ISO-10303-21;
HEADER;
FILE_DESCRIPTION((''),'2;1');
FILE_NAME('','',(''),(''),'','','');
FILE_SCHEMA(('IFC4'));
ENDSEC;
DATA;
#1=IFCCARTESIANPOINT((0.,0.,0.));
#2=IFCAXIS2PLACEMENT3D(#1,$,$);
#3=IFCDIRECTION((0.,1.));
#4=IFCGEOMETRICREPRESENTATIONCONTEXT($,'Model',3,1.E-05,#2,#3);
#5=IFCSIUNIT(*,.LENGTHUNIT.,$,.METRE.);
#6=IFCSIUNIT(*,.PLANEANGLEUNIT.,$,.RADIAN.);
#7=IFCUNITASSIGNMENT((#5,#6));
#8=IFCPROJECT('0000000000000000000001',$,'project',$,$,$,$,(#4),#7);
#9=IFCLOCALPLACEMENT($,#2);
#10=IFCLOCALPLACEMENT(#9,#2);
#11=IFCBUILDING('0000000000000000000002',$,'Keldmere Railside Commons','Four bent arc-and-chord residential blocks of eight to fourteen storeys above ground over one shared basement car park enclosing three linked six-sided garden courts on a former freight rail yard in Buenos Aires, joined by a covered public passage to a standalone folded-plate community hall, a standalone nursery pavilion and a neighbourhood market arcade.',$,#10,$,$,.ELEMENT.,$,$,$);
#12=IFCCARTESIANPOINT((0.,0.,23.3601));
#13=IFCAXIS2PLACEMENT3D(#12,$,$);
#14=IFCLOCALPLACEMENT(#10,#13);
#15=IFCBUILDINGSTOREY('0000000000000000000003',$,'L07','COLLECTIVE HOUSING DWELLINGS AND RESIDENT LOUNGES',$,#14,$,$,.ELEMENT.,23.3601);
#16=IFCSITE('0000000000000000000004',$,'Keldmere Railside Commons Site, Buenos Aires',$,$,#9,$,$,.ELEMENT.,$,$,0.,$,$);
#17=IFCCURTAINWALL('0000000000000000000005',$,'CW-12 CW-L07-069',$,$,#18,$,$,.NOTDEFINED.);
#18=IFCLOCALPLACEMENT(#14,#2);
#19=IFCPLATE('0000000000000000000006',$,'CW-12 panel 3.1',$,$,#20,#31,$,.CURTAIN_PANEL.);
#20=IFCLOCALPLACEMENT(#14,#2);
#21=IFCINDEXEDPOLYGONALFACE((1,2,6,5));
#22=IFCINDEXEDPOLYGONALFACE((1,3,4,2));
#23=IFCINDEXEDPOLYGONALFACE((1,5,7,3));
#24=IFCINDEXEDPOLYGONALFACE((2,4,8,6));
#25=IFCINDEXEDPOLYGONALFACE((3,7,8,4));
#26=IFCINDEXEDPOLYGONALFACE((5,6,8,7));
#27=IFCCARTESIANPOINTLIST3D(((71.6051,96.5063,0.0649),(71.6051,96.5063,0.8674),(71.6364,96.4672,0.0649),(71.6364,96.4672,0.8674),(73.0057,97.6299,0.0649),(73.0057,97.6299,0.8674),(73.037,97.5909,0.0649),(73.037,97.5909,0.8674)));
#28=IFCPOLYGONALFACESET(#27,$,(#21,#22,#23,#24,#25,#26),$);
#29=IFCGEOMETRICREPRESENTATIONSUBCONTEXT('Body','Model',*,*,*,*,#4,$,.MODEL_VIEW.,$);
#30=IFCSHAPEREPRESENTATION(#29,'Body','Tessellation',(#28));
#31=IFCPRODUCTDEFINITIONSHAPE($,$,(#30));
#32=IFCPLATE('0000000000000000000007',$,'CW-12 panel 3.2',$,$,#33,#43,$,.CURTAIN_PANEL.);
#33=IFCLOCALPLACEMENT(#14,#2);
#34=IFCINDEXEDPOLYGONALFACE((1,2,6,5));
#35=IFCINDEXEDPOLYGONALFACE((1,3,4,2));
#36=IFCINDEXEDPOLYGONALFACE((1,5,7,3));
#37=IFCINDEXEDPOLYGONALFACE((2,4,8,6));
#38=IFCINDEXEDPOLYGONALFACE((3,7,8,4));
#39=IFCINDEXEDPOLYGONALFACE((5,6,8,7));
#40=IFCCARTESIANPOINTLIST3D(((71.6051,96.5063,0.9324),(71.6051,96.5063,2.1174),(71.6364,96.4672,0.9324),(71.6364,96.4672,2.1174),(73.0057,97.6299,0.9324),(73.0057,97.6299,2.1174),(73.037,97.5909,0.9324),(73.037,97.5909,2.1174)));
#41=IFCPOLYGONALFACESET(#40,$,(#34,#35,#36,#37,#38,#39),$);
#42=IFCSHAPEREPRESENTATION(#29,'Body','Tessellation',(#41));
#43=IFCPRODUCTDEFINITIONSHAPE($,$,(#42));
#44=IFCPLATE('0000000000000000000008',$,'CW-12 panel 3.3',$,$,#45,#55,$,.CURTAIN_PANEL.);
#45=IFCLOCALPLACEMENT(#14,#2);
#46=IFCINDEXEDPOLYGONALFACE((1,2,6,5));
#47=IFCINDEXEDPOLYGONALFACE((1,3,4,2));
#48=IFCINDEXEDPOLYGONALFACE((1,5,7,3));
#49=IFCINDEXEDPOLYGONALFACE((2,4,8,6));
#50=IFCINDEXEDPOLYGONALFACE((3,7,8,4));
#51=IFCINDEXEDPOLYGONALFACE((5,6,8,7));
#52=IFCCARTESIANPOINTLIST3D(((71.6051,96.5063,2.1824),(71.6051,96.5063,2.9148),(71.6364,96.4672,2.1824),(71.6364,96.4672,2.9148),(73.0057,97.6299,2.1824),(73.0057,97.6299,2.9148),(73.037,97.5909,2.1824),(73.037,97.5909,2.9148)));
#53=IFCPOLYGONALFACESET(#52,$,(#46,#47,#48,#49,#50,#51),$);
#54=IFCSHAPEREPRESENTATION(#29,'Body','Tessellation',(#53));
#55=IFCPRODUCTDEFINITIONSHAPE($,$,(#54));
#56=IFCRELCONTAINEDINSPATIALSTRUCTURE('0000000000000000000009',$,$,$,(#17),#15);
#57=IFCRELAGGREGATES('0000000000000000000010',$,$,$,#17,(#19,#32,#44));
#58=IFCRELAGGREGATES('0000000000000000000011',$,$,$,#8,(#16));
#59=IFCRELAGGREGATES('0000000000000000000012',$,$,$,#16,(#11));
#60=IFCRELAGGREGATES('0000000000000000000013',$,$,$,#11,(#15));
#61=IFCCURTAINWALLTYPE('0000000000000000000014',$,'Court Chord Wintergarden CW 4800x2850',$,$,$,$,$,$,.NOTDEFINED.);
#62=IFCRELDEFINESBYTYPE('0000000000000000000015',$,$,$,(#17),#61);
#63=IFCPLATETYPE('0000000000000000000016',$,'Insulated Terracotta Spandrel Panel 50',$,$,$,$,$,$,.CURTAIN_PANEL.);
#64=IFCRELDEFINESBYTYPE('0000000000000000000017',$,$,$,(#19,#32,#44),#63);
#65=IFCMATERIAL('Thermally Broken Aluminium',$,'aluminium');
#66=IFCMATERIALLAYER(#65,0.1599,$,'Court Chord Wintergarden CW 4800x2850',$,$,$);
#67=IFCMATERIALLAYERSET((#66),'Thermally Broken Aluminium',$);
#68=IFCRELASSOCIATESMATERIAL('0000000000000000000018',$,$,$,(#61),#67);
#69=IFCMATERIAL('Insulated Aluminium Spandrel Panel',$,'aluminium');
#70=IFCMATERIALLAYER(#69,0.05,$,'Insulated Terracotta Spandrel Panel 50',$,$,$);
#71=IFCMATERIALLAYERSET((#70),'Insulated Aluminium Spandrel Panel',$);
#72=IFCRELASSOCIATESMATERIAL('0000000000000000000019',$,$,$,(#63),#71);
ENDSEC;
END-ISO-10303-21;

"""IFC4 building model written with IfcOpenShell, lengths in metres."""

from ifc_helpers import new_model, si_unit, direction, frame, origin, origin_2d, place, context, subcontext, project, spatial, rectangle, extrude, material, layer, layer_set, type_object, element, aggregate, save


model = new_model("IFC4")

# Units and contexts
model_context = context("Model", 3, precision=1e-05, world=origin(), true_north=direction((0.0, 1.0)))
body_context = subcontext(model_context, "Body", "Model", "MODEL_VIEW")
ifc_project = project(units=[si_unit("LENGTHUNIT", "METRE"), si_unit("PLANEANGLEUNIT", "RADIAN")], contexts=[model_context])

# Site, building, storey
site_placement = place(None, origin())
site = spatial("IfcSite", under=ifc_project, at=site_placement, Name="Keldmere Railside Commons Site, Buenos Aires", CompositionType="ELEMENT", RefElevation=0.0)
building_placement = place(site_placement, origin())
building = spatial("IfcBuilding", under=site, at=building_placement, Name="Keldmere Railside Commons", Description="Four bent arc-and-chord residential blocks of eight to fourteen storeys above ground over one shared basement car park enclosing three linked six-sided garden courts on a former freight rail yard in Buenos Aires, joined by a covered public passage to a standalone folded-plate community hall, a standalone nursery pavilion and a neighbourhood market arcade.", CompositionType="ELEMENT")
storey_placement = place(building_placement, frame((0.0, 0.0, 23.3601)))
storey = spatial("IfcBuildingStorey", under=building, at=storey_placement, Name="L07", Description="COLLECTIVE HOUSING DWELLINGS AND RESIDENT LOUNGES", CompositionType="ELEMENT", Elevation=23.3601)

# Curtain wall
ifc_material_1 = material(Name="Thermally Broken Aluminium", Category="aluminium")
ifc_layer_1 = layer(ifc_material_1, 0.1599, Name="Court Chord Wintergarden CW 4800x2850")
ifc_layer_set_1 = layer_set([ifc_layer_1], Name="Thermally Broken Aluminium")
curtain_wall_type_1 = type_object("IfcCurtainWallType", Name="Court Chord Wintergarden CW 4800x2850", PredefinedType="NOTDEFINED", material=ifc_layer_set_1)
curtain_wall_1_placement = place(storey_placement, origin())
curtain_wall_1 = element("IfcCurtainWall", 1, at=curtain_wall_1_placement, inside=storey, type_object=curtain_wall_type_1, Name="CW-12 CW-L07-069", PredefinedType="NOTDEFINED")

# Plates
ifc_material_2 = material(Name="Insulated Aluminium Spandrel Panel", Category="aluminium")
ifc_layer_2 = layer(ifc_material_2, 0.05, Name="Insulated Terracotta Spandrel Panel 50")
ifc_layer_set_2 = layer_set([ifc_layer_2], Name="Insulated Aluminium Spandrel Panel")
plate_type_1 = type_object("IfcPlateType", Name="Insulated Terracotta Spandrel Panel 50", PredefinedType="CURTAIN_PANEL", material=ifc_layer_set_2)
plate_1_placement = place(storey_placement, frame((72.321, 97.0486, 0.0649), z_axis=(0.0, 0.0, 1.0), x_axis=(-0.780009, -0.625768, 0.0)))
plate_1 = element("IfcPlate", 2, at=plate_1_placement, type_object=plate_type_1, Name="CW-12 panel 3.1", PredefinedType="CURTAIN_PANEL", context=body_context, shape_type="SweptSolid", body=[
    extrude(rectangle(XDim=1.7957, YDim=0.05, at=origin_2d()), origin(), (0.0, 0.0, 1.0), 0.8025),
])
plate_2_placement = place(storey_placement, frame((72.321, 97.0486, 0.9324), z_axis=(0.0, 0.0, 1.0), x_axis=(-0.780009, -0.625768, 0.0)))
plate_2 = element("IfcPlate", 3, at=plate_2_placement, type_object=plate_type_1, Name="CW-12 panel 3.2", PredefinedType="CURTAIN_PANEL", context=body_context, shape_type="SweptSolid", body=[
    extrude(rectangle(XDim=1.7957, YDim=0.05, at=origin_2d()), origin(), (0.0, 0.0, 1.0), 1.1851),
])
plate_3_placement = place(storey_placement, frame((72.321, 97.0486, 2.1824), z_axis=(0.0, 0.0, 1.0), x_axis=(-0.780009, -0.625768, 0.0)))
plate_3 = element("IfcPlate", 4, at=plate_3_placement, type_object=plate_type_1, Name="CW-12 panel 3.3", PredefinedType="CURTAIN_PANEL", context=body_context, shape_type="SweptSolid", body=[
    extrude(rectangle(XDim=1.7957, YDim=0.05, at=origin_2d()), origin(), (0.0, 0.0, 1.0), 0.7324),
])
aggregate(curtain_wall_1, [plate_1, plate_2, plate_3])

save(model, "model.ifc")
